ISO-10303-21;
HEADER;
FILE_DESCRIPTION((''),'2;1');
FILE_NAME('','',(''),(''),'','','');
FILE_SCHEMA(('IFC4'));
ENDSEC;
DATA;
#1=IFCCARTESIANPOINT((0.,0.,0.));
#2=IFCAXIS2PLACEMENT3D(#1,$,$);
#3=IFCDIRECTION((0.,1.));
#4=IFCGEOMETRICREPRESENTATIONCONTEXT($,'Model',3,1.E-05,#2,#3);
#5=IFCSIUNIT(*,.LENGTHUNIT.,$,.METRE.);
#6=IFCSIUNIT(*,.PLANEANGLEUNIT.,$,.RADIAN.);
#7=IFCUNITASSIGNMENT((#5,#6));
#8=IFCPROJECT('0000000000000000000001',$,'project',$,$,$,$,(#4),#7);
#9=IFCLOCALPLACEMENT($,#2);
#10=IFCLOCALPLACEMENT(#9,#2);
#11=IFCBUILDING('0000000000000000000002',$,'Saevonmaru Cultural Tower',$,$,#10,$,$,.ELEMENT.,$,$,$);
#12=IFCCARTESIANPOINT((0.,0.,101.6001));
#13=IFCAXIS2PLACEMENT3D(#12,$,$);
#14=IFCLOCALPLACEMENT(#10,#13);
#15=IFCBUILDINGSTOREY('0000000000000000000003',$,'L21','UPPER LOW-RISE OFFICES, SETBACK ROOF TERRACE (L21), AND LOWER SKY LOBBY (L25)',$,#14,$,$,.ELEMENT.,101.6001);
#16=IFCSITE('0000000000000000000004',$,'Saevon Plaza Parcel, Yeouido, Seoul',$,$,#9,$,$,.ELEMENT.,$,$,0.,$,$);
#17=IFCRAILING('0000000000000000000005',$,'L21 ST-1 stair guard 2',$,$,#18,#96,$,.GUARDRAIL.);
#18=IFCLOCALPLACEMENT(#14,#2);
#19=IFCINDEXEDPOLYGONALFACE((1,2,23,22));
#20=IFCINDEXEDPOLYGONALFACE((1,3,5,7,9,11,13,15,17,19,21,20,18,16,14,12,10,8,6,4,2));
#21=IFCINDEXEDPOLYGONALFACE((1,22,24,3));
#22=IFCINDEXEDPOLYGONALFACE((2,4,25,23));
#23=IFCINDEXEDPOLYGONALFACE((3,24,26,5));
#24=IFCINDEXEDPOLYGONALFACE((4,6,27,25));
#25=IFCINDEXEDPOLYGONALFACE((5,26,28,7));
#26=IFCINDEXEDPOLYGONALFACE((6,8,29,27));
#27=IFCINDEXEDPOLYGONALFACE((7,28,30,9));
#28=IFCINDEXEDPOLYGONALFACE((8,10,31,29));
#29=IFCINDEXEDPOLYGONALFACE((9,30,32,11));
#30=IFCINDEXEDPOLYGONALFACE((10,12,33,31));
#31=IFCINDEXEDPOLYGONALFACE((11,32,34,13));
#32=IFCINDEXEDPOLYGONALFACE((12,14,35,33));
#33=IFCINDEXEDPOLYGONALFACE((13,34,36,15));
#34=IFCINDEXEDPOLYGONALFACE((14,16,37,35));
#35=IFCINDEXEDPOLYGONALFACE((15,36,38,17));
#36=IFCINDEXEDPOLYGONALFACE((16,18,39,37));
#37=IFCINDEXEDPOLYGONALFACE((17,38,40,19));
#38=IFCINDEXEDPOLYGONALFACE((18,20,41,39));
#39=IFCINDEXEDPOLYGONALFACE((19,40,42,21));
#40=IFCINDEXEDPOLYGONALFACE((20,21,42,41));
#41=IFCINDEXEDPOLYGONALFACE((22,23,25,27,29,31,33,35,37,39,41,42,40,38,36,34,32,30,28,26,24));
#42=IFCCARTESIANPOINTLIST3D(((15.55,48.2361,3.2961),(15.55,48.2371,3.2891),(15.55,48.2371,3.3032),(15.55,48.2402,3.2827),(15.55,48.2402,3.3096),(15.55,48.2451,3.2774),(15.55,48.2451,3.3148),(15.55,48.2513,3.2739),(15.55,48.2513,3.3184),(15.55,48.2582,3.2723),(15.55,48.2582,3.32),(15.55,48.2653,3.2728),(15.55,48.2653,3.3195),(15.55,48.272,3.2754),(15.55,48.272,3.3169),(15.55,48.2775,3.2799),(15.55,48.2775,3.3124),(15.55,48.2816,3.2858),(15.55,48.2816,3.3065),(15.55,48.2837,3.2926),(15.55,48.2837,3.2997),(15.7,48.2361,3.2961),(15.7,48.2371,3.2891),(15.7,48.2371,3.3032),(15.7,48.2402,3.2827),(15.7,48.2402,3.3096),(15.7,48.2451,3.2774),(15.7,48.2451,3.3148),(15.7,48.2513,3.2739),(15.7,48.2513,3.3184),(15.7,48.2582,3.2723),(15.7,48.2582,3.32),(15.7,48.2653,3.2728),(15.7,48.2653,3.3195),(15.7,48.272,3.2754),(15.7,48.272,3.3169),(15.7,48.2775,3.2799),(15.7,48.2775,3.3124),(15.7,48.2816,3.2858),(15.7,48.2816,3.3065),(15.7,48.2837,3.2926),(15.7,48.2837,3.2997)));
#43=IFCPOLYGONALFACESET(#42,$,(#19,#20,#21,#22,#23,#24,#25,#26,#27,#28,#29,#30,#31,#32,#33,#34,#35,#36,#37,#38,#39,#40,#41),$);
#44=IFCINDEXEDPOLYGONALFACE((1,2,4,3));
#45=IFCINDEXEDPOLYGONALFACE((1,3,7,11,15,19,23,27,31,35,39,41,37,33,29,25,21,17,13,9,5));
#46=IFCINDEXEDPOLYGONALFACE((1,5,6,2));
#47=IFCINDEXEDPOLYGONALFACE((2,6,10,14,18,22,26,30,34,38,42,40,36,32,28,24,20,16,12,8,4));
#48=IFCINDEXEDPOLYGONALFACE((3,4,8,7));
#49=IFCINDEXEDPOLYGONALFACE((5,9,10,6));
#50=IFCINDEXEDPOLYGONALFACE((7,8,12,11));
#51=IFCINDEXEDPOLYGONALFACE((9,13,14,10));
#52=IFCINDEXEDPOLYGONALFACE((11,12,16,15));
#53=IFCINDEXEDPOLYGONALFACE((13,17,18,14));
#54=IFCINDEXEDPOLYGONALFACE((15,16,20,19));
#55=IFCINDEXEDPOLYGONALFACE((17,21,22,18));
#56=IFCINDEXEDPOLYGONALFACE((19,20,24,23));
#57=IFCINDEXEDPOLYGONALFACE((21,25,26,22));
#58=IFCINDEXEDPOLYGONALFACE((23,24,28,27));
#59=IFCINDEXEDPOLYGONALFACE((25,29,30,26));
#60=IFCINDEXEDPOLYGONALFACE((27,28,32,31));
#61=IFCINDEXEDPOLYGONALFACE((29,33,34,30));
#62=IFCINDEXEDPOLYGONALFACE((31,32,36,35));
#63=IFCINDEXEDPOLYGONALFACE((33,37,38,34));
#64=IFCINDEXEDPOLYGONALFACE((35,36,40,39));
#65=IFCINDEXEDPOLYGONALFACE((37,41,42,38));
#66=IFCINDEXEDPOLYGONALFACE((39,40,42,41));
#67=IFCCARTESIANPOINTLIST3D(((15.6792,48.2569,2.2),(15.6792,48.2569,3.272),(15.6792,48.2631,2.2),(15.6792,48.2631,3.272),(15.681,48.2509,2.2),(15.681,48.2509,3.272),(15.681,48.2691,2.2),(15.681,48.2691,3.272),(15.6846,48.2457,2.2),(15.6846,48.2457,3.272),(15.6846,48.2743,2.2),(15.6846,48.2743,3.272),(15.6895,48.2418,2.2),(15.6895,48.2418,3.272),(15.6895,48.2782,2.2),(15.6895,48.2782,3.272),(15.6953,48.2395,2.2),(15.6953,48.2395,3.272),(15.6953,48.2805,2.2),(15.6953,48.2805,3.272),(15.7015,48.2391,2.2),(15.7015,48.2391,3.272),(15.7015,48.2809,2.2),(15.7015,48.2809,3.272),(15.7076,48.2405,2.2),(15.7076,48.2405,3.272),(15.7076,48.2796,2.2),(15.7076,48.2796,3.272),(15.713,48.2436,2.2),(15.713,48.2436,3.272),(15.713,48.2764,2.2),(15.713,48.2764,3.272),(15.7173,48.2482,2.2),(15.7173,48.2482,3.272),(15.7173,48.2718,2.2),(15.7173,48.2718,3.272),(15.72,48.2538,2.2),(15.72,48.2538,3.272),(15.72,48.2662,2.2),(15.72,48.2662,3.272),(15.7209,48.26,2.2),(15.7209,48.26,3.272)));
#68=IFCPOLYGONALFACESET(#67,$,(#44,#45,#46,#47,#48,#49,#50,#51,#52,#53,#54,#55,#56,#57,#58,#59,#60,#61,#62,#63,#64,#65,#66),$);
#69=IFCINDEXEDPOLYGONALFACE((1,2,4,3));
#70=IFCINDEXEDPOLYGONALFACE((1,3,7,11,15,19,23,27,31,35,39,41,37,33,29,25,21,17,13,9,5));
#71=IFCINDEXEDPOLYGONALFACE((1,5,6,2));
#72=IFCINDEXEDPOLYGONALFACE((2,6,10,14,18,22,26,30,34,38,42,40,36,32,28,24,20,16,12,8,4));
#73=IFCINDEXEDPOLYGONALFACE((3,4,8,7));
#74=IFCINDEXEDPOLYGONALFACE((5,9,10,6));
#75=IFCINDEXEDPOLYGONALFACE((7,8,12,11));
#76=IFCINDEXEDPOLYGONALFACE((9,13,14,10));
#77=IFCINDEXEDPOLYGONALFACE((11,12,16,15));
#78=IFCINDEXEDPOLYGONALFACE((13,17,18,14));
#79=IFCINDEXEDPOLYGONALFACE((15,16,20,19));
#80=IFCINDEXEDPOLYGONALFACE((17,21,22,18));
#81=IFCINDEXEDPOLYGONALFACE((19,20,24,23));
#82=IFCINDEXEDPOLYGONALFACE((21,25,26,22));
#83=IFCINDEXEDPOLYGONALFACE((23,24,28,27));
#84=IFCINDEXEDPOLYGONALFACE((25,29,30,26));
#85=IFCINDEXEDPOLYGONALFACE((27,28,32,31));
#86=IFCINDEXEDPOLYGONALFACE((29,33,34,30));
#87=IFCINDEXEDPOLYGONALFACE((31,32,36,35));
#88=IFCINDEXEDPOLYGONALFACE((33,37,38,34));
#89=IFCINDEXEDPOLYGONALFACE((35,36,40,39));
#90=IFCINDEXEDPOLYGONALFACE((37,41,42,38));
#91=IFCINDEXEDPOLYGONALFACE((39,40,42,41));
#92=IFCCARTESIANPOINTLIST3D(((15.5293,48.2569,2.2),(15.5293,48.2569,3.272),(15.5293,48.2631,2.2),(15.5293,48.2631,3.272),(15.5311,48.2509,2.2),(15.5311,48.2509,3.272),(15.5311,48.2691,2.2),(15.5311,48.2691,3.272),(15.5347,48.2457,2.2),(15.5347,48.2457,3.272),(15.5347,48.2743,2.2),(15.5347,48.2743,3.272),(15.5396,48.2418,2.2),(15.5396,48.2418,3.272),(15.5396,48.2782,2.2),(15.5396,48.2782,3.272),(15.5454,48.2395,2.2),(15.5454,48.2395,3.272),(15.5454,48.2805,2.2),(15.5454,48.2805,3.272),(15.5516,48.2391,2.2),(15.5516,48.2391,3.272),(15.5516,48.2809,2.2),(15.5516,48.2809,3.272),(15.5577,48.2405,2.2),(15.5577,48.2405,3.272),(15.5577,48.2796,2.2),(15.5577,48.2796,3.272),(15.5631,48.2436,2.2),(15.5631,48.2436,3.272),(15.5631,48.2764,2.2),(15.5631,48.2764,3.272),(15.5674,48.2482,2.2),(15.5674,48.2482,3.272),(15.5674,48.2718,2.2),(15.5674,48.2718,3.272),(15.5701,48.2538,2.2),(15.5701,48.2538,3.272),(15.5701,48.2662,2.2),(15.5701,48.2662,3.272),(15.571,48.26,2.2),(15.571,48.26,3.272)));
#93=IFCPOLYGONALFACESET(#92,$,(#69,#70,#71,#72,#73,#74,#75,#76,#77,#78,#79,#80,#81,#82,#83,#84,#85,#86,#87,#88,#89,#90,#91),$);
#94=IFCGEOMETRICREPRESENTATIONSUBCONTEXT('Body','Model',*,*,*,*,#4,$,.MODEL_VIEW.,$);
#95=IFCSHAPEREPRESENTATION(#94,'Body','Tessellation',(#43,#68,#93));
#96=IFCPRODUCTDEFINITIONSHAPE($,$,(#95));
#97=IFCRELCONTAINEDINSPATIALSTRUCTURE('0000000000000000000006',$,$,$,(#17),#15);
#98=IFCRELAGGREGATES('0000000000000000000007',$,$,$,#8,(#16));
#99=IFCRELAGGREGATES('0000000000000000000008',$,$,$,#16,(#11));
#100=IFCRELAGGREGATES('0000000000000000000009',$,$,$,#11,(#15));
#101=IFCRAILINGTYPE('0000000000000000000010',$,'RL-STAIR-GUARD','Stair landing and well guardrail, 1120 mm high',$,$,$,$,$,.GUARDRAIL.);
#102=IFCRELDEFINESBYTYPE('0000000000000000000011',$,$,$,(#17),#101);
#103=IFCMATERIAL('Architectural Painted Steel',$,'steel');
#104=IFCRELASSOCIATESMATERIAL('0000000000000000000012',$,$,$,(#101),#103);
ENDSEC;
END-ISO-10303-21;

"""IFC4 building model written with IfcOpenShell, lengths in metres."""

from ifc_helpers import new_model, si_unit, direction, frame, origin, origin_2d, place, context, subcontext, project, spatial, circle, extrude, material, type_object, element, save


model = new_model("IFC4")

# Units and contexts
model_context = context("Model", 3, precision=1e-05, world=origin(), true_north=direction((0.0, 1.0)))
body_context = subcontext(model_context, "Body", "Model", "MODEL_VIEW")
ifc_project = project(units=[si_unit("LENGTHUNIT", "METRE"), si_unit("PLANEANGLEUNIT", "RADIAN")], contexts=[model_context])

# Site, building, storey
site_placement = place(None, origin())
site = spatial("IfcSite", under=ifc_project, at=site_placement, Name="Saevon Plaza Parcel, Yeouido, Seoul", CompositionType="ELEMENT", RefElevation=0.0)
building_placement = place(site_placement, origin())
building = spatial("IfcBuilding", under=site, at=building_placement, Name="Saevonmaru Cultural Tower", CompositionType="ELEMENT")
storey_placement = place(building_placement, frame((0.0, 0.0, 101.6001)))
storey = spatial("IfcBuildingStorey", under=building, at=storey_placement, Name="L21", Description="UPPER LOW-RISE OFFICES, SETBACK ROOF TERRACE (L21), AND LOWER SKY LOBBY (L25)", CompositionType="ELEMENT", Elevation=101.6001)

# Railing
ifc_material_1 = material(Name="Architectural Painted Steel", Category="steel")
railing_type_1 = type_object("IfcRailingType", Name="RL-STAIR-GUARD", Description="Stair landing and well guardrail, 1120 mm high", PredefinedType="GUARDRAIL", material=ifc_material_1)
railing_1_placement = place(storey_placement, frame((15.7, 48.26, 2.2)))
element("IfcRailing", 1, at=railing_1_placement, inside=storey, type_object=railing_type_1, Name="L21 ST-1 stair guard 2", PredefinedType="GUARDRAIL", context=body_context, shape_type="SweptSolid", body=[
    extrude(circle(Radius=0.0239, at=origin_2d()), frame((0.0, 0.0, 1.0962), z_axis=(-1.0, 0.0, 0.0), x_axis=(0.0, -1.0, 0.0)), (0.0, 0.0, 1.0), 0.1499),
    extrude(circle(Radius=0.021, at=origin_2d()), origin(), (0.0, 0.0, 1.0), 1.072),
    extrude(circle(Radius=0.021, at=origin_2d()), frame((-0.1499, 0.0, 0.0)), (0.0, 0.0, 1.0), 1.072),
])

save(model, "model.ifc")
